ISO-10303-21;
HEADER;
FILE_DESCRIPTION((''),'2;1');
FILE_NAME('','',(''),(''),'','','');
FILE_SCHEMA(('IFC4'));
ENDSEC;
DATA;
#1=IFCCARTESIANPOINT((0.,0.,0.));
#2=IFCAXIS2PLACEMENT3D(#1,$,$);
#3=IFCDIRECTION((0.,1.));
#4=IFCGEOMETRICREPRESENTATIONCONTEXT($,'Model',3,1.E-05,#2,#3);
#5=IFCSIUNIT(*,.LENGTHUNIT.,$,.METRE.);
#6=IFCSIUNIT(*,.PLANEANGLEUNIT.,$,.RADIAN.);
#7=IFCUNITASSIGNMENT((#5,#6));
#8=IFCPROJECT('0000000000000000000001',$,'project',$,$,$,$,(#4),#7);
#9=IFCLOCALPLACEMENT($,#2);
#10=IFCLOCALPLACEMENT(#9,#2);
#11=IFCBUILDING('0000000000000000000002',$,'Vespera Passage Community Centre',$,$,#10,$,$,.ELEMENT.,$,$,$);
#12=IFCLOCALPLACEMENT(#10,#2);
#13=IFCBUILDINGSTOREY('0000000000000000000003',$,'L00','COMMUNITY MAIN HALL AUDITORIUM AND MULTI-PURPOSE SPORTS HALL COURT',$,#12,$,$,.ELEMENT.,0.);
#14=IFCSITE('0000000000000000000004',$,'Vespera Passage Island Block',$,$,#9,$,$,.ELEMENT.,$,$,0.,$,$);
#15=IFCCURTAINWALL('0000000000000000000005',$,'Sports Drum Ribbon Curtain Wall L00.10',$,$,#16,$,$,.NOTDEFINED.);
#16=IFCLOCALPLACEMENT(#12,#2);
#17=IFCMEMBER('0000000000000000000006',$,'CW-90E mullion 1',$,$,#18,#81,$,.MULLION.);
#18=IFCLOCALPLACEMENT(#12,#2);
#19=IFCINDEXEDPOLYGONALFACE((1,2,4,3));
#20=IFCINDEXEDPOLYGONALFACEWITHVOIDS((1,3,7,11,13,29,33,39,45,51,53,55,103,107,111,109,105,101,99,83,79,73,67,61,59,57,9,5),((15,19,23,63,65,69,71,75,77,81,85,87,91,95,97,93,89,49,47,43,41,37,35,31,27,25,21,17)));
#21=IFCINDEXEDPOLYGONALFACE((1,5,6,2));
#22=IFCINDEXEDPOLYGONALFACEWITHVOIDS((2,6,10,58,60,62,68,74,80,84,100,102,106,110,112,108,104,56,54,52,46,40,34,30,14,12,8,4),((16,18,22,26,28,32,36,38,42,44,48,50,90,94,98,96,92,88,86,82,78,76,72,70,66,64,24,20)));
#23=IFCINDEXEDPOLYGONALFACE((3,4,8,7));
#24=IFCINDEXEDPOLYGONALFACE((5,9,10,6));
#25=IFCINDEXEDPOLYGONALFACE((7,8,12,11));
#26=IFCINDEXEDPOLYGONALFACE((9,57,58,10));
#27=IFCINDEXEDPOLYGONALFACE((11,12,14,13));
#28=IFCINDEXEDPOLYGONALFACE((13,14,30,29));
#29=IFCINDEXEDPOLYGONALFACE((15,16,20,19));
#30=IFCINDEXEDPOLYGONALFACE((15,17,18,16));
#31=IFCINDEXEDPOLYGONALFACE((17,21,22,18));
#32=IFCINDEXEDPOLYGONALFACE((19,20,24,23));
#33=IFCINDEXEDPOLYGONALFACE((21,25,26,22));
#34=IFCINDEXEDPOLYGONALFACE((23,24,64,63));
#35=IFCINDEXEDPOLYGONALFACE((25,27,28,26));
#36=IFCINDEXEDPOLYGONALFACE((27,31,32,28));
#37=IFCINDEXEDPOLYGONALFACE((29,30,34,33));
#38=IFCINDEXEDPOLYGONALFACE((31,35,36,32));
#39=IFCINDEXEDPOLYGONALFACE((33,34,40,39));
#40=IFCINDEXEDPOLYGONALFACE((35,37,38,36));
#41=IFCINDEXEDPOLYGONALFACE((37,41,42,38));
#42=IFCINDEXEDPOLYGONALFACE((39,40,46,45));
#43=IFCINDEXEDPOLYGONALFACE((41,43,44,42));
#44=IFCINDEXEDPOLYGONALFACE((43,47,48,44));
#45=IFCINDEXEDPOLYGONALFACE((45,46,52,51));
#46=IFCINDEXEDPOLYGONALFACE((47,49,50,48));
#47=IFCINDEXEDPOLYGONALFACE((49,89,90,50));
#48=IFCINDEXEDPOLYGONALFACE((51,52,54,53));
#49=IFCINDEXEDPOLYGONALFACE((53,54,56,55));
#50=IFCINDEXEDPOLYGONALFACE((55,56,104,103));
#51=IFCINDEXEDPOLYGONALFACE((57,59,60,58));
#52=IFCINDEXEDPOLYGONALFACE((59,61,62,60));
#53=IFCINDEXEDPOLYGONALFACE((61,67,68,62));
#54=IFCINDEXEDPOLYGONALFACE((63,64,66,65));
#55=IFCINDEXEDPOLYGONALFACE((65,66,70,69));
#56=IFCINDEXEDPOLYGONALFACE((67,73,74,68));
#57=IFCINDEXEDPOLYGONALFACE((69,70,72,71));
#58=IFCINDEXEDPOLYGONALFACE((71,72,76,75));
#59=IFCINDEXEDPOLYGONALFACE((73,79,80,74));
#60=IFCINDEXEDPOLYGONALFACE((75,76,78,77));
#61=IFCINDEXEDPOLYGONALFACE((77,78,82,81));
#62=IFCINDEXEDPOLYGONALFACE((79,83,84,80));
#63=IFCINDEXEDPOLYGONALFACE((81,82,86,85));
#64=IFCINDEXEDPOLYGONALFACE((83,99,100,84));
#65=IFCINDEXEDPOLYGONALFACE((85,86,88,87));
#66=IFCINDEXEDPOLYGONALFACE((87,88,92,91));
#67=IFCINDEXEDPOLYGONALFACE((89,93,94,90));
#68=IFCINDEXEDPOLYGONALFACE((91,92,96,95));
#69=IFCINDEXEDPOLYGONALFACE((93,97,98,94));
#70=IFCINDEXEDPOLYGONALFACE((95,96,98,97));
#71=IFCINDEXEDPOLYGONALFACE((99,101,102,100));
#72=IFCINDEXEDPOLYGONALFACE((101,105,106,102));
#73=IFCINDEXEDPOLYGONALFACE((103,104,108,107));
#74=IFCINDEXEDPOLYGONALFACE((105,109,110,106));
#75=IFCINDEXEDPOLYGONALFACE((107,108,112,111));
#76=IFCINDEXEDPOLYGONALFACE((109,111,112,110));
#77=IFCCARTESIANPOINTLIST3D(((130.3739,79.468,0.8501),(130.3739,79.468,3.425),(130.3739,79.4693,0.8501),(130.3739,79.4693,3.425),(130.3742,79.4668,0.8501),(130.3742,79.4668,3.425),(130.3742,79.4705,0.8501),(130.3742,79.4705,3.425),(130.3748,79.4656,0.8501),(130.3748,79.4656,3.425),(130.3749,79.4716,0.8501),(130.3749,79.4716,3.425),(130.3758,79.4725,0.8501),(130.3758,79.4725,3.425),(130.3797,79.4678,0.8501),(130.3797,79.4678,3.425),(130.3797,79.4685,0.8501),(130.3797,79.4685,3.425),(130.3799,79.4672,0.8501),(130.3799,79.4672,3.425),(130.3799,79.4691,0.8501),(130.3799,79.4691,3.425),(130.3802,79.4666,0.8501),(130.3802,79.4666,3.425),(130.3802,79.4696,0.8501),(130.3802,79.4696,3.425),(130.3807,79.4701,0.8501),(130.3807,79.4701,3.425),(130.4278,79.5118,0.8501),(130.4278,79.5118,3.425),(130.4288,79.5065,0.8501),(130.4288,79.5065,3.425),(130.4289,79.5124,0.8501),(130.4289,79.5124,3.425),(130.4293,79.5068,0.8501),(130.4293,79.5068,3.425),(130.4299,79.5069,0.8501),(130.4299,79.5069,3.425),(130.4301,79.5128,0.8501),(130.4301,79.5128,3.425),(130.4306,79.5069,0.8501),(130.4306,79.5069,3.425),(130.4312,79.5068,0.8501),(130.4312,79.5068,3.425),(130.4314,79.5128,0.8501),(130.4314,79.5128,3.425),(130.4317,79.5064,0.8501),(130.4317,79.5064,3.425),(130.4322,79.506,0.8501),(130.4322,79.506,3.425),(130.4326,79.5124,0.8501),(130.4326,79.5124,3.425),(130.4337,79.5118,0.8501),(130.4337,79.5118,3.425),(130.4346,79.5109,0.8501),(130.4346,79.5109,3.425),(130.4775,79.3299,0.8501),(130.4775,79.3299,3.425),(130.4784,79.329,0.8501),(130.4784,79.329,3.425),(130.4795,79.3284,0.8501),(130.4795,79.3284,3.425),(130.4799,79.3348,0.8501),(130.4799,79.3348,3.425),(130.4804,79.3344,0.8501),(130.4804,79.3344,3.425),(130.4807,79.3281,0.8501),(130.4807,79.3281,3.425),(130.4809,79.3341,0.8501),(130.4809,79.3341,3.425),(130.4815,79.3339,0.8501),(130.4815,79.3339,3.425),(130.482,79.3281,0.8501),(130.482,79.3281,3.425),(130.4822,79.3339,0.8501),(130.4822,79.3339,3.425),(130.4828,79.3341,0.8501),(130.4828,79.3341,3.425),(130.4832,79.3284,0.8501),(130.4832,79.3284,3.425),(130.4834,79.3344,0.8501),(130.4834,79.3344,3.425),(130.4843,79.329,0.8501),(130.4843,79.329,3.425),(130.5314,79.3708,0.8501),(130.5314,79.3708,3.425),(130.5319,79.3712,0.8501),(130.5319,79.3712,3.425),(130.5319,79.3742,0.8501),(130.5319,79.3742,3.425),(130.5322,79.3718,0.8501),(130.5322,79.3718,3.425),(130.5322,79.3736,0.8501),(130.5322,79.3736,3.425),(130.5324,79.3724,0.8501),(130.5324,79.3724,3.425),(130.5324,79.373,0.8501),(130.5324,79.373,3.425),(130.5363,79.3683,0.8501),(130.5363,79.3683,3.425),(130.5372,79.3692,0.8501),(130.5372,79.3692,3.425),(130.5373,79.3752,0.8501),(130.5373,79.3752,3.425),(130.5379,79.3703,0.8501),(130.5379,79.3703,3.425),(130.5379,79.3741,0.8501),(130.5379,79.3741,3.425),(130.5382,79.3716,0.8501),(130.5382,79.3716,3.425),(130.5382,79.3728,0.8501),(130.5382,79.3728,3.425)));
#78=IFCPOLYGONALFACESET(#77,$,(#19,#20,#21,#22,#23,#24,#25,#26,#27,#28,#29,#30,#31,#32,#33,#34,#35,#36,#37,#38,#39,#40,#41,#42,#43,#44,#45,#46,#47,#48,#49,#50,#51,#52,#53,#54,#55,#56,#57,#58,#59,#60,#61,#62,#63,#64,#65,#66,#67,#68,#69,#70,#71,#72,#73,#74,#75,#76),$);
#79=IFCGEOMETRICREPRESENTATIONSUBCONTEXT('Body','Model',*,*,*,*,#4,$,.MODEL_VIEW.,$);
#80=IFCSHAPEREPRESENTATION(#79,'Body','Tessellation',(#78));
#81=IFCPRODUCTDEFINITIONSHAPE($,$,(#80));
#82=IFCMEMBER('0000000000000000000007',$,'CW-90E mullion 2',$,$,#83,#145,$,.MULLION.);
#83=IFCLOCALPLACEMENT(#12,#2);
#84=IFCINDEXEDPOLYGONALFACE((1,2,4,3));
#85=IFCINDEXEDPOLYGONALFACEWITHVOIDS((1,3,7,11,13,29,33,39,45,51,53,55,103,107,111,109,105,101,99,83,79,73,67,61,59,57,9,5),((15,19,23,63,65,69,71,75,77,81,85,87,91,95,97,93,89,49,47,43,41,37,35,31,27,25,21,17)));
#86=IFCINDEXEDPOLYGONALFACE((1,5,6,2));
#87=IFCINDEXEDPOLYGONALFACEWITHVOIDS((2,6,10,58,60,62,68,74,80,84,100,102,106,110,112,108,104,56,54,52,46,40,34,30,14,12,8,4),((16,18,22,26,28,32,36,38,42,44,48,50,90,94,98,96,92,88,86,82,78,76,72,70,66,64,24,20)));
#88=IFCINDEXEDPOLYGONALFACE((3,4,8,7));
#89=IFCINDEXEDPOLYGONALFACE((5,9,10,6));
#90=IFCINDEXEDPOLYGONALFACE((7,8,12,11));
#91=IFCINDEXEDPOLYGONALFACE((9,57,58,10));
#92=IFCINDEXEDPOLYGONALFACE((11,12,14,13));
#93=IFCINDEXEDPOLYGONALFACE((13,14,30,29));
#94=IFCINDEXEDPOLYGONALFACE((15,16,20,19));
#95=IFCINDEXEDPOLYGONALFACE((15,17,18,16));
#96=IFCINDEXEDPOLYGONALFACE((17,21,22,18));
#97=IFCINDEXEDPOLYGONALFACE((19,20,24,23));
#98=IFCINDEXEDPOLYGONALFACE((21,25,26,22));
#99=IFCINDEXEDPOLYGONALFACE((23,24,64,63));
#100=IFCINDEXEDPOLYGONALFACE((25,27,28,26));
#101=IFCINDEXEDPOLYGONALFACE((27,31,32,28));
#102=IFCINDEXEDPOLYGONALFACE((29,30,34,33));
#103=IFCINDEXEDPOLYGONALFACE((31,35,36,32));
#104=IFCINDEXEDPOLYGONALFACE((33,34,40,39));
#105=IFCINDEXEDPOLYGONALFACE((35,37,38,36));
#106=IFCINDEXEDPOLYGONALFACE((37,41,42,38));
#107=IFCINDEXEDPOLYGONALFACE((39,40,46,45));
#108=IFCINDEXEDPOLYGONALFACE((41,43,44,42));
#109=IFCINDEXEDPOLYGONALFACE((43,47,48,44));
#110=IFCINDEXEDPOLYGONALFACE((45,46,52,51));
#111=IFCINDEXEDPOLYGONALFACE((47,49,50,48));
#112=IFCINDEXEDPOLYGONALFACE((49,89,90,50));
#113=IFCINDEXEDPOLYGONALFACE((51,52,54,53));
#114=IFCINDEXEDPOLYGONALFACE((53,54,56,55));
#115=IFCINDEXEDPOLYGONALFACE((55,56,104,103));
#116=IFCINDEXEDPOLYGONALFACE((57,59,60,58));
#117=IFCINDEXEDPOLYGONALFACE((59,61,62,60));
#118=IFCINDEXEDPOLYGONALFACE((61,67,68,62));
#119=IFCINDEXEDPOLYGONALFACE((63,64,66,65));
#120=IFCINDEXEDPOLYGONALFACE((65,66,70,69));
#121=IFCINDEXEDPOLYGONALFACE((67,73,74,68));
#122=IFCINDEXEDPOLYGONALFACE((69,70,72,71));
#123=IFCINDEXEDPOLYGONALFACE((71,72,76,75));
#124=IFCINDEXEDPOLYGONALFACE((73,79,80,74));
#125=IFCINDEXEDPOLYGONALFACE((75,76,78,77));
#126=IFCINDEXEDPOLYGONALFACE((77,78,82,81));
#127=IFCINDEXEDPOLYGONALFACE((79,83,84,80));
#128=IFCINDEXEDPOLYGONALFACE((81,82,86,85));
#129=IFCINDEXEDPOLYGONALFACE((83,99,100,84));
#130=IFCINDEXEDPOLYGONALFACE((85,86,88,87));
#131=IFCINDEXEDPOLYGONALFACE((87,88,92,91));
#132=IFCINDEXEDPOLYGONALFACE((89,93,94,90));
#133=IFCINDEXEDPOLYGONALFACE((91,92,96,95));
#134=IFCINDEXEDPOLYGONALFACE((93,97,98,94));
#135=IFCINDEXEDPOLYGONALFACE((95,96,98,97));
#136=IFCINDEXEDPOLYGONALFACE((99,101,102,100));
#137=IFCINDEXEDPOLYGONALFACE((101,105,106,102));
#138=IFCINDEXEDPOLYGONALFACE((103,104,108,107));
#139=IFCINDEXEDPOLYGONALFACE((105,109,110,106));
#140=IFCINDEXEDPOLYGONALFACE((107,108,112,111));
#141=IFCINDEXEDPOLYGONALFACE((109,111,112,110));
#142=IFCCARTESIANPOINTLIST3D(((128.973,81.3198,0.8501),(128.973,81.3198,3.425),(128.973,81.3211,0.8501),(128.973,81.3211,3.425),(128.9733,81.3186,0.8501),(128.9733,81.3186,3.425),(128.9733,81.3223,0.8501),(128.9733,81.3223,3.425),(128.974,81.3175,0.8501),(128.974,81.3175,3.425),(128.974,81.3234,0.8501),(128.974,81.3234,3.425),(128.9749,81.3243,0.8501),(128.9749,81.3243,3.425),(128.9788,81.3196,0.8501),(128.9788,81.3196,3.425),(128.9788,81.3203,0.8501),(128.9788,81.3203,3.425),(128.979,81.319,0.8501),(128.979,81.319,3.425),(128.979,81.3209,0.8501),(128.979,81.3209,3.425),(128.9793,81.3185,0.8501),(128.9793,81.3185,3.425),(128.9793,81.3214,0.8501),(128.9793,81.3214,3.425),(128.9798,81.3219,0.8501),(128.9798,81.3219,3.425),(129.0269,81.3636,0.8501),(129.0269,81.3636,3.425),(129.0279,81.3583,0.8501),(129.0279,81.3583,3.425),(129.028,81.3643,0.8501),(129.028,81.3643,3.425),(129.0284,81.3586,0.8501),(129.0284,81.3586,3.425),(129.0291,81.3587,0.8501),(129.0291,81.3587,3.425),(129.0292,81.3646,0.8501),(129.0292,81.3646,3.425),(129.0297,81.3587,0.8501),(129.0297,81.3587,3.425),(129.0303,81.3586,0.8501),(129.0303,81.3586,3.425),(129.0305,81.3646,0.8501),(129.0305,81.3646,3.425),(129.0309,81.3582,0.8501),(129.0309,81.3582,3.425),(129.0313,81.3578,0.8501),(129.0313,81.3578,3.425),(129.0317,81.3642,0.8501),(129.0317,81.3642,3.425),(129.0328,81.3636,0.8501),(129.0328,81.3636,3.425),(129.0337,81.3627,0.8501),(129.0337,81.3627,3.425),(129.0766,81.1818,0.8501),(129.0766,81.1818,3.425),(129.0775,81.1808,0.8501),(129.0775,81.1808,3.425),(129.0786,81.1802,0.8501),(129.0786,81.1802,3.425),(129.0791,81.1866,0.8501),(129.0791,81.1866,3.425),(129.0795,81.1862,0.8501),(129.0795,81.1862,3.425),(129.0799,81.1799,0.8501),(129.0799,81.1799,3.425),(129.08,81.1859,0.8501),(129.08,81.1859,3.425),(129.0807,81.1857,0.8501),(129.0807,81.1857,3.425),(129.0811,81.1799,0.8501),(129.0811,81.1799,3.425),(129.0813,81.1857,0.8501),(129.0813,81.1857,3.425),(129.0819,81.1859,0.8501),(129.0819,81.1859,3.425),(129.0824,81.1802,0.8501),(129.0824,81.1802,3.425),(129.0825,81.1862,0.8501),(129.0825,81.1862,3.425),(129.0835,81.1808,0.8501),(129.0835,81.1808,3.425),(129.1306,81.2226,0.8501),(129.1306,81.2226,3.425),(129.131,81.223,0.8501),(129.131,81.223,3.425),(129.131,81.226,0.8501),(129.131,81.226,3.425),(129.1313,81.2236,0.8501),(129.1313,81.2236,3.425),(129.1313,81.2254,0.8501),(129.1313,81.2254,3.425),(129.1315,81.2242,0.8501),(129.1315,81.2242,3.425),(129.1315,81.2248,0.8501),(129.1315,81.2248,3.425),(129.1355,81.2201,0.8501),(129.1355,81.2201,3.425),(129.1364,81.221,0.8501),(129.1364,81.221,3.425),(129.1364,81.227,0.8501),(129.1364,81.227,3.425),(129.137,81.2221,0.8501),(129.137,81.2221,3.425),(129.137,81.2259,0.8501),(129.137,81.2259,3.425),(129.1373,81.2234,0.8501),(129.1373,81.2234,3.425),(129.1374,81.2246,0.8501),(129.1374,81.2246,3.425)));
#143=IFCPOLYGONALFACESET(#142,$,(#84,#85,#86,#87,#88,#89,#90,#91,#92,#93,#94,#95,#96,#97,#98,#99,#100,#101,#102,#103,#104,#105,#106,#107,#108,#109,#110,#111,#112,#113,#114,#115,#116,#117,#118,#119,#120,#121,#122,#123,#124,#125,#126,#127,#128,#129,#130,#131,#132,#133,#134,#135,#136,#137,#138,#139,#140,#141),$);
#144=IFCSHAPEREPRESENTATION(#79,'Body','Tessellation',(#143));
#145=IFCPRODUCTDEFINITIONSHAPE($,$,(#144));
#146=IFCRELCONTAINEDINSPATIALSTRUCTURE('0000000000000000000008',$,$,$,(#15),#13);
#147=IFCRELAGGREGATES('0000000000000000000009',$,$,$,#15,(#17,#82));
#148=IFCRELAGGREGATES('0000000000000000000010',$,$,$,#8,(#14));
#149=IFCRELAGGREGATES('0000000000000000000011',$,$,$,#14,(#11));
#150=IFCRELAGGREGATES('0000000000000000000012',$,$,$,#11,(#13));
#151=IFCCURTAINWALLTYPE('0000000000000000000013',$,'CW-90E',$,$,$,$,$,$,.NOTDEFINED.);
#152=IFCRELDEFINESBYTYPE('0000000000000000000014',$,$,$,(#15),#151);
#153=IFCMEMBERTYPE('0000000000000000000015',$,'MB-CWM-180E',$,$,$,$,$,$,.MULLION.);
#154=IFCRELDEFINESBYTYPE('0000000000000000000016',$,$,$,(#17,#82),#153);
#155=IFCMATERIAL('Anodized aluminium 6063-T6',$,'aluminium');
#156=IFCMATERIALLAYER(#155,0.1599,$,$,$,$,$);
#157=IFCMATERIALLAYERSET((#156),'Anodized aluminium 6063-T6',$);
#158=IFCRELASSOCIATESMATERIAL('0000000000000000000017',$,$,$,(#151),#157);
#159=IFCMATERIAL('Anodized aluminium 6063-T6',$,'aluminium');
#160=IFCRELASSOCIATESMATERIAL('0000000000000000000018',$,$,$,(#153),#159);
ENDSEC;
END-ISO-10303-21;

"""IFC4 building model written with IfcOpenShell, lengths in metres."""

from ifc_helpers import new_model, si_unit, direction, frame, origin, origin_2d, place, context, subcontext, project, spatial, hollow_rectangle, extrude, material, layer, layer_set, material_profile, profile_set, type_object, element, aggregate, save


model = new_model("IFC4")

# Units and contexts
model_context = context("Model", 3, precision=1e-05, world=origin(), true_north=direction((0.0, 1.0)))
body_context = subcontext(model_context, "Body", "Model", "MODEL_VIEW")
ifc_project = project(units=[si_unit("LENGTHUNIT", "METRE"), si_unit("PLANEANGLEUNIT", "RADIAN")], contexts=[model_context])

# Site, building, storey
site_placement = place(None, origin())
site = spatial("IfcSite", under=ifc_project, at=site_placement, Name="Vespera Passage Island Block", CompositionType="ELEMENT", RefElevation=0.0)
building_placement = place(site_placement, origin())
building = spatial("IfcBuilding", under=site, at=building_placement, Name="Vespera Passage Community Centre", CompositionType="ELEMENT")
storey_placement = place(building_placement, origin())
storey = spatial("IfcBuildingStorey", under=building, at=storey_placement, Name="L00", Description="COMMUNITY MAIN HALL AUDITORIUM AND MULTI-PURPOSE SPORTS HALL COURT", CompositionType="ELEMENT", Elevation=0.0)

# Curtain wall, members
ifc_material_1 = material(Name="Anodized aluminium 6063-T6", Category="aluminium")
ifc_layer_1 = layer(ifc_material_1, 0.1599)
ifc_layer_set_1 = layer_set([ifc_layer_1], Name="Anodized aluminium 6063-T6")
curtain_wall_type = type_object("IfcCurtainWallType", Name="CW-90E", PredefinedType="NOTDEFINED", material=ifc_layer_set_1)
curtain_wall_placement = place(storey_placement, origin())
curtain_wall = element("IfcCurtainWall", 1, at=curtain_wall_placement, inside=storey, type_object=curtain_wall_type, Name="Sports Drum Ribbon Curtain Wall L00.10", PredefinedType="NOTDEFINED")
ifc_material_2 = material(Name="Anodized aluminium 6063-T6", Category="aluminium")
ifc_material_profile_1 = material_profile(ifc_material_2, hollow_rectangle(XDim=0.075, YDim=0.1799, WallThickness=0.0049, InnerFilletRadius=0.0024, OuterFilletRadius=0.0049, at=origin_2d()), Name="ALU180X75X5")
ifc_profile_set_1 = profile_set([ifc_material_profile_1], Name="Anodized aluminium 6063-T6")
member_type_1 = type_object("IfcMemberType", Name="MB-CWM-180E", PredefinedType="MULLION", material=ifc_profile_set_1)
member_1_placement = place(storey_placement, frame((130.4561, 79.4204, 0.8501), z_axis=(0.0, 0.0, 1.0), x_axis=(-0.797434, -0.603406, 0.0)))
member_1 = element("IfcMember", 2, at=member_1_placement, type_object=member_type_1, Name="CW-90E mullion 1", PredefinedType="MULLION", context=body_context, shape_type="SweptSolid", body=[
    extrude(hollow_rectangle(XDim=0.075, YDim=0.1799, WallThickness=0.0049, InnerFilletRadius=0.0024, OuterFilletRadius=0.0049, at=origin_2d()), origin(), (0.0, 0.0, 1.0), 2.575),
])
member_2_placement = place(storey_placement, frame((129.0552, 81.2722, 0.8501), z_axis=(0.0, 0.0, 1.0), x_axis=(-0.797434, -0.603406, 0.0)))
member_2 = element("IfcMember", 3, at=member_2_placement, type_object=member_type_1, Name="CW-90E mullion 2", PredefinedType="MULLION", context=body_context, shape_type="SweptSolid", body=[
    extrude(hollow_rectangle(XDim=0.075, YDim=0.1799, WallThickness=0.0049, InnerFilletRadius=0.0024, OuterFilletRadius=0.0049, at=origin_2d()), origin(), (0.0, 0.0, 1.0), 2.575),
])
aggregate(curtain_wall, [member_1, member_2])

save(model, "model.ifc")
